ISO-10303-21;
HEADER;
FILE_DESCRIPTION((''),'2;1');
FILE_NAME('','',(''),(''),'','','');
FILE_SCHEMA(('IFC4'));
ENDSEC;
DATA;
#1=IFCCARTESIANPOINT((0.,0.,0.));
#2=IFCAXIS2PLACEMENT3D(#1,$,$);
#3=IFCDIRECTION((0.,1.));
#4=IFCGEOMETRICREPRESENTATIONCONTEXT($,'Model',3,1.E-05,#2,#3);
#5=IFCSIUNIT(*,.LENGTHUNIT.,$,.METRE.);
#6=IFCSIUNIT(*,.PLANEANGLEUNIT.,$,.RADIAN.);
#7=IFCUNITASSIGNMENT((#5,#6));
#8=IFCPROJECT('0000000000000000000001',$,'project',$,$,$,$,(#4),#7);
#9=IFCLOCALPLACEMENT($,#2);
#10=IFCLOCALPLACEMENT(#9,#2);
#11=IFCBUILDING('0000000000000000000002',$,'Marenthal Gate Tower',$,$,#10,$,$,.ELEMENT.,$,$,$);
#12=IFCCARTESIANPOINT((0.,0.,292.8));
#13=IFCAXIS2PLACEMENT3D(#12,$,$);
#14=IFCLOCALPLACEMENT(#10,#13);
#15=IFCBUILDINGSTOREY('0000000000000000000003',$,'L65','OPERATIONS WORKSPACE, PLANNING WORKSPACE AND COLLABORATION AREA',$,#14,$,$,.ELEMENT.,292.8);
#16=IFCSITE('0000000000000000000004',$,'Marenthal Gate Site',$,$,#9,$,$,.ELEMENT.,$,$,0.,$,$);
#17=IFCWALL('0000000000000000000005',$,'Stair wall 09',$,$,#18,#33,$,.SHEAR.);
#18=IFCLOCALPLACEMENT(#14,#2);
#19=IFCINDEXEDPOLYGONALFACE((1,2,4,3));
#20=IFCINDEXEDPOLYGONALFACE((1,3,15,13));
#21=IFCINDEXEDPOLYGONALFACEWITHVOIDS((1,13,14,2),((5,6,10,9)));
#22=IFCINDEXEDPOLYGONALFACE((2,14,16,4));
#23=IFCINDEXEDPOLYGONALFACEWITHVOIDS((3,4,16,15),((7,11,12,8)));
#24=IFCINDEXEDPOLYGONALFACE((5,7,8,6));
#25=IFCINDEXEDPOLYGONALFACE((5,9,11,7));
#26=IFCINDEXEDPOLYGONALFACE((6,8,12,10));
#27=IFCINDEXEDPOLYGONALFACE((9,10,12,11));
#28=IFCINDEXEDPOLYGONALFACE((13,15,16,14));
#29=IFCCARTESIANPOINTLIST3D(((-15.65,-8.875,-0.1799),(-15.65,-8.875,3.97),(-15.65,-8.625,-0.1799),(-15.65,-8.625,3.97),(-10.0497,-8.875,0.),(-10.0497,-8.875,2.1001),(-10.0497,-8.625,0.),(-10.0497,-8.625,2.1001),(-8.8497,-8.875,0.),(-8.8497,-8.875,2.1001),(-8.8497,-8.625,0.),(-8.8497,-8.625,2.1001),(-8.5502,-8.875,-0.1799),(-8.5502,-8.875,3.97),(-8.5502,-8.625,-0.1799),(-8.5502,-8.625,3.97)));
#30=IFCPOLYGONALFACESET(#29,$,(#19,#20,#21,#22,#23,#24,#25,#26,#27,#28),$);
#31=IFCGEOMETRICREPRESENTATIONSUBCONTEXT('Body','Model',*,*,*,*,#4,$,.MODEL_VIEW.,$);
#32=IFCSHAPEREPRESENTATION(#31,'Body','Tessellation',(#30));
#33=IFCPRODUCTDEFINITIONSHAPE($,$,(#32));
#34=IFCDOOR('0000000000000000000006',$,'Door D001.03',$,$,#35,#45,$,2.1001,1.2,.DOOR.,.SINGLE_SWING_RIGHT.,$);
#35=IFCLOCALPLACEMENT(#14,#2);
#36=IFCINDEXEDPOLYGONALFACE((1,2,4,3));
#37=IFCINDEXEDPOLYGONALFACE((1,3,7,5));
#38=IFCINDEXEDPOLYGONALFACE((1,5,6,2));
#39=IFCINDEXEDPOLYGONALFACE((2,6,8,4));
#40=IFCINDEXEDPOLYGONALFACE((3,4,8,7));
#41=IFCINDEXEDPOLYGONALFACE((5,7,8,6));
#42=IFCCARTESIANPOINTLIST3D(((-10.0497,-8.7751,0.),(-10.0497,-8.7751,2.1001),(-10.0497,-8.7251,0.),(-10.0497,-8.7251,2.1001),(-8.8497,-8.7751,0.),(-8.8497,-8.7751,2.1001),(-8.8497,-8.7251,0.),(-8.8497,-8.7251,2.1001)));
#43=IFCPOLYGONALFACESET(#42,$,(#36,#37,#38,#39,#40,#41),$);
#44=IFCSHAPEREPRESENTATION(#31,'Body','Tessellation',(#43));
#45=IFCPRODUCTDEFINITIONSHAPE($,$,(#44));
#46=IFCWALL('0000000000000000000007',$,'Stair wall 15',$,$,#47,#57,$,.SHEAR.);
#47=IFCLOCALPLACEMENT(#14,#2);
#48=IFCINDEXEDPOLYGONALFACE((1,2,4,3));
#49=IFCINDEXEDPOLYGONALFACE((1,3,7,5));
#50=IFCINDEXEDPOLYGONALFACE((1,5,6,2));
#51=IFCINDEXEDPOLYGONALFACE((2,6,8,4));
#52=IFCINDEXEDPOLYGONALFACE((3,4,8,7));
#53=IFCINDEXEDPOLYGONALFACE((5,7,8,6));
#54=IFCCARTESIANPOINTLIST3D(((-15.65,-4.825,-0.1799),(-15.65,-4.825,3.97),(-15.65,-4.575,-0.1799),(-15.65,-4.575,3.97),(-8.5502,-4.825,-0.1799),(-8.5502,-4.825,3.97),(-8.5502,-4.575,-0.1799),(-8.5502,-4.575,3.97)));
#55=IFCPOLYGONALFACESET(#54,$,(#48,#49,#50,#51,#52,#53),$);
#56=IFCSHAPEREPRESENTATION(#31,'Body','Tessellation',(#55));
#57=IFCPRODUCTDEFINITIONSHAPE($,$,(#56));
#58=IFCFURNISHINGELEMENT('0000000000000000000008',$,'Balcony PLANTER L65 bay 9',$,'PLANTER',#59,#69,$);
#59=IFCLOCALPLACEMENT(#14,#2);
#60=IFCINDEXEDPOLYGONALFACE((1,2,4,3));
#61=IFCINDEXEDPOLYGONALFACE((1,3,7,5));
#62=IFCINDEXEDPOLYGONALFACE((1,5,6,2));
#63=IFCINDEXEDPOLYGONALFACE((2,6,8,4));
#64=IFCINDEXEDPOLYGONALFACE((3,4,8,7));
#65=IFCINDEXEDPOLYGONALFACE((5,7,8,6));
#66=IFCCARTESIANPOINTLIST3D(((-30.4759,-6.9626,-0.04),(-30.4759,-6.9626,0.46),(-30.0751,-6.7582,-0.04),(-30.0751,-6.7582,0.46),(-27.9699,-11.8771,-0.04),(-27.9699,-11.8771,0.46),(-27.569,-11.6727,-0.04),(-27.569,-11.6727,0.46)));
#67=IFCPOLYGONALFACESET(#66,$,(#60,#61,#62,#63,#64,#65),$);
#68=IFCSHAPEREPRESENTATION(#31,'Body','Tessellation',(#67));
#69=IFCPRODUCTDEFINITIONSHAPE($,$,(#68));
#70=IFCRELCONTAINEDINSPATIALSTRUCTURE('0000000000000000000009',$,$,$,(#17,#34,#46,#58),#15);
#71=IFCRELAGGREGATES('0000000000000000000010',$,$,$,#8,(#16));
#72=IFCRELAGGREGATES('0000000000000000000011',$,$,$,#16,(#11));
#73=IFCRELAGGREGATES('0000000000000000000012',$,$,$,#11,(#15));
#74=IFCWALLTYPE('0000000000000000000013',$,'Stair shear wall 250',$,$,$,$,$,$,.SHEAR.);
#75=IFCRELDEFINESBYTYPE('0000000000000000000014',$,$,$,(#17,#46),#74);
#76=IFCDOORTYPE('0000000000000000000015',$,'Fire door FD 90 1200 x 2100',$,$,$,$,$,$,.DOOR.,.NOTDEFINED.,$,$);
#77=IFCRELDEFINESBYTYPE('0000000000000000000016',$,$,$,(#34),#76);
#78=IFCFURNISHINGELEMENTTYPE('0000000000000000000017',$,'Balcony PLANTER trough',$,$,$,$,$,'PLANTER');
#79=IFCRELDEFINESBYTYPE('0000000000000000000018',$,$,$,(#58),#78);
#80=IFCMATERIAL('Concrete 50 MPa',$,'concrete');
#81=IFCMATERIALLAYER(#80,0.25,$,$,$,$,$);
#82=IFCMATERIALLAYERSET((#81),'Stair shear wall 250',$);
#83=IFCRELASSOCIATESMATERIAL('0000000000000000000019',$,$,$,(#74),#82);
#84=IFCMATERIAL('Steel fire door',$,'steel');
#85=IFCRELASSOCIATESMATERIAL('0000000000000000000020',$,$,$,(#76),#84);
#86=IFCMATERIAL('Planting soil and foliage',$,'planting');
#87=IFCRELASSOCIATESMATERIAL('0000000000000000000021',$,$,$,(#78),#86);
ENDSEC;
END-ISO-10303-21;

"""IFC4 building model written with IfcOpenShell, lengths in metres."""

from ifc_helpers import new_model, si_unit, direction, frame, frame_2d, origin, origin_2d, place, context, subcontext, project, spatial, rectangle, extrude, material, layer, layer_set, type_object, element, fill, save


model = new_model("IFC4")

# Units and contexts
model_context = context("Model", 3, precision=1e-05, world=origin(), true_north=direction((0.0, 1.0)))
body_context = subcontext(model_context, "Body", "Model", "MODEL_VIEW")
ifc_project = project(units=[si_unit("LENGTHUNIT", "METRE"), si_unit("PLANEANGLEUNIT", "RADIAN")], contexts=[model_context])

# Site, building, storey
site_placement = place(None, origin())
site = spatial("IfcSite", under=ifc_project, at=site_placement, Name="Marenthal Gate Site", CompositionType="ELEMENT", RefElevation=0.0)
building_placement = place(site_placement, origin())
building = spatial("IfcBuilding", under=site, at=building_placement, Name="Marenthal Gate Tower", CompositionType="ELEMENT")
storey_placement = place(building_placement, frame((0.0, 0.0, 292.8)))
storey = spatial("IfcBuildingStorey", under=building, at=storey_placement, Name="L65", Description="OPERATIONS WORKSPACE, PLANNING WORKSPACE AND COLLABORATION AREA", CompositionType="ELEMENT", Elevation=292.8)

# Wall, opening, door
ifc_material_1 = material(Name="Concrete 50 MPa", Category="concrete")
ifc_layer_1 = layer(ifc_material_1, 0.25)
ifc_layer_set_1 = layer_set([ifc_layer_1], Name="Stair shear wall 250")
wall_type_1 = type_object("IfcWallType", Name="Stair shear wall 250", PredefinedType="SHEAR", material=ifc_layer_set_1)
wall_1_placement = place(storey_placement, frame((-15.6499, -8.75, -0.1799), z_axis=(0.0, 0.0, 1.0), x_axis=(1.0, 0.0, 0.0)))
wall_1 = element("IfcWall", 1, at=wall_1_placement, inside=storey, type_object=wall_type_1, Name="Stair wall 09", PredefinedType="SHEAR", context=body_context, shape_type="SweptSolid", body=[
    extrude(rectangle(XDim=7.0999, YDim=0.25, at=frame_2d((3.5498, 0.0))), origin(), (0.0, 0.0, 1.0), 4.1499),
])
opening_1_placement = place(wall_1_placement, frame((5.6001, 0.0, 0.1799)))
opening_1 = element("IfcOpeningElement", 2, at=opening_1_placement, cuts=wall_1, PredefinedType="OPENING", context=body_context, shape_type="SweptSolid", body=[
    extrude(rectangle(XDim=1.2, YDim=2.1001, at=frame_2d((0.6001, 1.05))), frame((0.0, 0.135, 0.0), z_axis=(0.0, -1.0, 0.0), x_axis=(1.0, 0.0, 0.0)), (0.0, 0.0, 1.0), 0.27),
])
ifc_material_2 = material(Name="Steel fire door", Category="steel")
door_type_1 = type_object("IfcDoorType", Name="Fire door FD 90 1200 x 2100", OperationType="NOTDEFINED", PredefinedType="DOOR", material=ifc_material_2)
door_1_placement = place(opening_1_placement, origin())
door_1 = element("IfcDoor", 3, at=door_1_placement, inside=storey, type_object=door_type_1, Name="Door D001.03", OperationType="SINGLE_SWING_RIGHT", OverallHeight=2.1001, OverallWidth=1.2, PredefinedType="DOOR", context=body_context, shape_type="SweptSolid", body=[
    extrude(rectangle(XDim=1.2, YDim=2.1001, at=frame_2d((0.6001, 1.05))), frame((0.0, 0.0249, 0.0), z_axis=(0.0, -1.0, 0.0), x_axis=(1.0, 0.0, 0.0)), (0.0, 0.0, 1.0), 0.05),
])
fill(opening_1, door_1)

# Wall
wall_2_placement = place(storey_placement, frame((-15.6499, -4.7, -0.1799), z_axis=(0.0, 0.0, 1.0), x_axis=(1.0, 0.0, 0.0)))
element("IfcWall", 4, at=wall_2_placement, inside=storey, type_object=wall_type_1, Name="Stair wall 15", PredefinedType="SHEAR", context=body_context, shape_type="SweptSolid", body=[
    extrude(rectangle(XDim=7.0999, YDim=0.25, at=frame_2d((3.5498, 0.0))), origin(), (0.0, 0.0, 1.0), 4.1499),
])

# Furnishing element
ifc_material_3 = material(Name="Planting soil and foliage", Category="planting")
furnishing_element_type = type_object("IfcFurnishingElementType", Name="Balcony PLANTER trough", ElementType="PLANTER", material=ifc_material_3)
furnishing_placement = place(storey_placement, frame((-29.0225, -9.3176, -0.04), z_axis=(0.0, 0.0, 1.0), x_axis=(0.454273, -0.890862, 0.0)))
element("IfcFurnishingElement", 5, at=furnishing_placement, inside=storey, type_object=furnishing_element_type, Name="Balcony PLANTER L65 bay 9", ObjectType="PLANTER", context=body_context, shape_type="SweptSolid", body=[
    extrude(rectangle(XDim=5.5166, YDim=0.45, at=origin_2d()), origin(), (0.0, 0.0, 1.0), 0.5),
])

save(model, "model.ifc")
